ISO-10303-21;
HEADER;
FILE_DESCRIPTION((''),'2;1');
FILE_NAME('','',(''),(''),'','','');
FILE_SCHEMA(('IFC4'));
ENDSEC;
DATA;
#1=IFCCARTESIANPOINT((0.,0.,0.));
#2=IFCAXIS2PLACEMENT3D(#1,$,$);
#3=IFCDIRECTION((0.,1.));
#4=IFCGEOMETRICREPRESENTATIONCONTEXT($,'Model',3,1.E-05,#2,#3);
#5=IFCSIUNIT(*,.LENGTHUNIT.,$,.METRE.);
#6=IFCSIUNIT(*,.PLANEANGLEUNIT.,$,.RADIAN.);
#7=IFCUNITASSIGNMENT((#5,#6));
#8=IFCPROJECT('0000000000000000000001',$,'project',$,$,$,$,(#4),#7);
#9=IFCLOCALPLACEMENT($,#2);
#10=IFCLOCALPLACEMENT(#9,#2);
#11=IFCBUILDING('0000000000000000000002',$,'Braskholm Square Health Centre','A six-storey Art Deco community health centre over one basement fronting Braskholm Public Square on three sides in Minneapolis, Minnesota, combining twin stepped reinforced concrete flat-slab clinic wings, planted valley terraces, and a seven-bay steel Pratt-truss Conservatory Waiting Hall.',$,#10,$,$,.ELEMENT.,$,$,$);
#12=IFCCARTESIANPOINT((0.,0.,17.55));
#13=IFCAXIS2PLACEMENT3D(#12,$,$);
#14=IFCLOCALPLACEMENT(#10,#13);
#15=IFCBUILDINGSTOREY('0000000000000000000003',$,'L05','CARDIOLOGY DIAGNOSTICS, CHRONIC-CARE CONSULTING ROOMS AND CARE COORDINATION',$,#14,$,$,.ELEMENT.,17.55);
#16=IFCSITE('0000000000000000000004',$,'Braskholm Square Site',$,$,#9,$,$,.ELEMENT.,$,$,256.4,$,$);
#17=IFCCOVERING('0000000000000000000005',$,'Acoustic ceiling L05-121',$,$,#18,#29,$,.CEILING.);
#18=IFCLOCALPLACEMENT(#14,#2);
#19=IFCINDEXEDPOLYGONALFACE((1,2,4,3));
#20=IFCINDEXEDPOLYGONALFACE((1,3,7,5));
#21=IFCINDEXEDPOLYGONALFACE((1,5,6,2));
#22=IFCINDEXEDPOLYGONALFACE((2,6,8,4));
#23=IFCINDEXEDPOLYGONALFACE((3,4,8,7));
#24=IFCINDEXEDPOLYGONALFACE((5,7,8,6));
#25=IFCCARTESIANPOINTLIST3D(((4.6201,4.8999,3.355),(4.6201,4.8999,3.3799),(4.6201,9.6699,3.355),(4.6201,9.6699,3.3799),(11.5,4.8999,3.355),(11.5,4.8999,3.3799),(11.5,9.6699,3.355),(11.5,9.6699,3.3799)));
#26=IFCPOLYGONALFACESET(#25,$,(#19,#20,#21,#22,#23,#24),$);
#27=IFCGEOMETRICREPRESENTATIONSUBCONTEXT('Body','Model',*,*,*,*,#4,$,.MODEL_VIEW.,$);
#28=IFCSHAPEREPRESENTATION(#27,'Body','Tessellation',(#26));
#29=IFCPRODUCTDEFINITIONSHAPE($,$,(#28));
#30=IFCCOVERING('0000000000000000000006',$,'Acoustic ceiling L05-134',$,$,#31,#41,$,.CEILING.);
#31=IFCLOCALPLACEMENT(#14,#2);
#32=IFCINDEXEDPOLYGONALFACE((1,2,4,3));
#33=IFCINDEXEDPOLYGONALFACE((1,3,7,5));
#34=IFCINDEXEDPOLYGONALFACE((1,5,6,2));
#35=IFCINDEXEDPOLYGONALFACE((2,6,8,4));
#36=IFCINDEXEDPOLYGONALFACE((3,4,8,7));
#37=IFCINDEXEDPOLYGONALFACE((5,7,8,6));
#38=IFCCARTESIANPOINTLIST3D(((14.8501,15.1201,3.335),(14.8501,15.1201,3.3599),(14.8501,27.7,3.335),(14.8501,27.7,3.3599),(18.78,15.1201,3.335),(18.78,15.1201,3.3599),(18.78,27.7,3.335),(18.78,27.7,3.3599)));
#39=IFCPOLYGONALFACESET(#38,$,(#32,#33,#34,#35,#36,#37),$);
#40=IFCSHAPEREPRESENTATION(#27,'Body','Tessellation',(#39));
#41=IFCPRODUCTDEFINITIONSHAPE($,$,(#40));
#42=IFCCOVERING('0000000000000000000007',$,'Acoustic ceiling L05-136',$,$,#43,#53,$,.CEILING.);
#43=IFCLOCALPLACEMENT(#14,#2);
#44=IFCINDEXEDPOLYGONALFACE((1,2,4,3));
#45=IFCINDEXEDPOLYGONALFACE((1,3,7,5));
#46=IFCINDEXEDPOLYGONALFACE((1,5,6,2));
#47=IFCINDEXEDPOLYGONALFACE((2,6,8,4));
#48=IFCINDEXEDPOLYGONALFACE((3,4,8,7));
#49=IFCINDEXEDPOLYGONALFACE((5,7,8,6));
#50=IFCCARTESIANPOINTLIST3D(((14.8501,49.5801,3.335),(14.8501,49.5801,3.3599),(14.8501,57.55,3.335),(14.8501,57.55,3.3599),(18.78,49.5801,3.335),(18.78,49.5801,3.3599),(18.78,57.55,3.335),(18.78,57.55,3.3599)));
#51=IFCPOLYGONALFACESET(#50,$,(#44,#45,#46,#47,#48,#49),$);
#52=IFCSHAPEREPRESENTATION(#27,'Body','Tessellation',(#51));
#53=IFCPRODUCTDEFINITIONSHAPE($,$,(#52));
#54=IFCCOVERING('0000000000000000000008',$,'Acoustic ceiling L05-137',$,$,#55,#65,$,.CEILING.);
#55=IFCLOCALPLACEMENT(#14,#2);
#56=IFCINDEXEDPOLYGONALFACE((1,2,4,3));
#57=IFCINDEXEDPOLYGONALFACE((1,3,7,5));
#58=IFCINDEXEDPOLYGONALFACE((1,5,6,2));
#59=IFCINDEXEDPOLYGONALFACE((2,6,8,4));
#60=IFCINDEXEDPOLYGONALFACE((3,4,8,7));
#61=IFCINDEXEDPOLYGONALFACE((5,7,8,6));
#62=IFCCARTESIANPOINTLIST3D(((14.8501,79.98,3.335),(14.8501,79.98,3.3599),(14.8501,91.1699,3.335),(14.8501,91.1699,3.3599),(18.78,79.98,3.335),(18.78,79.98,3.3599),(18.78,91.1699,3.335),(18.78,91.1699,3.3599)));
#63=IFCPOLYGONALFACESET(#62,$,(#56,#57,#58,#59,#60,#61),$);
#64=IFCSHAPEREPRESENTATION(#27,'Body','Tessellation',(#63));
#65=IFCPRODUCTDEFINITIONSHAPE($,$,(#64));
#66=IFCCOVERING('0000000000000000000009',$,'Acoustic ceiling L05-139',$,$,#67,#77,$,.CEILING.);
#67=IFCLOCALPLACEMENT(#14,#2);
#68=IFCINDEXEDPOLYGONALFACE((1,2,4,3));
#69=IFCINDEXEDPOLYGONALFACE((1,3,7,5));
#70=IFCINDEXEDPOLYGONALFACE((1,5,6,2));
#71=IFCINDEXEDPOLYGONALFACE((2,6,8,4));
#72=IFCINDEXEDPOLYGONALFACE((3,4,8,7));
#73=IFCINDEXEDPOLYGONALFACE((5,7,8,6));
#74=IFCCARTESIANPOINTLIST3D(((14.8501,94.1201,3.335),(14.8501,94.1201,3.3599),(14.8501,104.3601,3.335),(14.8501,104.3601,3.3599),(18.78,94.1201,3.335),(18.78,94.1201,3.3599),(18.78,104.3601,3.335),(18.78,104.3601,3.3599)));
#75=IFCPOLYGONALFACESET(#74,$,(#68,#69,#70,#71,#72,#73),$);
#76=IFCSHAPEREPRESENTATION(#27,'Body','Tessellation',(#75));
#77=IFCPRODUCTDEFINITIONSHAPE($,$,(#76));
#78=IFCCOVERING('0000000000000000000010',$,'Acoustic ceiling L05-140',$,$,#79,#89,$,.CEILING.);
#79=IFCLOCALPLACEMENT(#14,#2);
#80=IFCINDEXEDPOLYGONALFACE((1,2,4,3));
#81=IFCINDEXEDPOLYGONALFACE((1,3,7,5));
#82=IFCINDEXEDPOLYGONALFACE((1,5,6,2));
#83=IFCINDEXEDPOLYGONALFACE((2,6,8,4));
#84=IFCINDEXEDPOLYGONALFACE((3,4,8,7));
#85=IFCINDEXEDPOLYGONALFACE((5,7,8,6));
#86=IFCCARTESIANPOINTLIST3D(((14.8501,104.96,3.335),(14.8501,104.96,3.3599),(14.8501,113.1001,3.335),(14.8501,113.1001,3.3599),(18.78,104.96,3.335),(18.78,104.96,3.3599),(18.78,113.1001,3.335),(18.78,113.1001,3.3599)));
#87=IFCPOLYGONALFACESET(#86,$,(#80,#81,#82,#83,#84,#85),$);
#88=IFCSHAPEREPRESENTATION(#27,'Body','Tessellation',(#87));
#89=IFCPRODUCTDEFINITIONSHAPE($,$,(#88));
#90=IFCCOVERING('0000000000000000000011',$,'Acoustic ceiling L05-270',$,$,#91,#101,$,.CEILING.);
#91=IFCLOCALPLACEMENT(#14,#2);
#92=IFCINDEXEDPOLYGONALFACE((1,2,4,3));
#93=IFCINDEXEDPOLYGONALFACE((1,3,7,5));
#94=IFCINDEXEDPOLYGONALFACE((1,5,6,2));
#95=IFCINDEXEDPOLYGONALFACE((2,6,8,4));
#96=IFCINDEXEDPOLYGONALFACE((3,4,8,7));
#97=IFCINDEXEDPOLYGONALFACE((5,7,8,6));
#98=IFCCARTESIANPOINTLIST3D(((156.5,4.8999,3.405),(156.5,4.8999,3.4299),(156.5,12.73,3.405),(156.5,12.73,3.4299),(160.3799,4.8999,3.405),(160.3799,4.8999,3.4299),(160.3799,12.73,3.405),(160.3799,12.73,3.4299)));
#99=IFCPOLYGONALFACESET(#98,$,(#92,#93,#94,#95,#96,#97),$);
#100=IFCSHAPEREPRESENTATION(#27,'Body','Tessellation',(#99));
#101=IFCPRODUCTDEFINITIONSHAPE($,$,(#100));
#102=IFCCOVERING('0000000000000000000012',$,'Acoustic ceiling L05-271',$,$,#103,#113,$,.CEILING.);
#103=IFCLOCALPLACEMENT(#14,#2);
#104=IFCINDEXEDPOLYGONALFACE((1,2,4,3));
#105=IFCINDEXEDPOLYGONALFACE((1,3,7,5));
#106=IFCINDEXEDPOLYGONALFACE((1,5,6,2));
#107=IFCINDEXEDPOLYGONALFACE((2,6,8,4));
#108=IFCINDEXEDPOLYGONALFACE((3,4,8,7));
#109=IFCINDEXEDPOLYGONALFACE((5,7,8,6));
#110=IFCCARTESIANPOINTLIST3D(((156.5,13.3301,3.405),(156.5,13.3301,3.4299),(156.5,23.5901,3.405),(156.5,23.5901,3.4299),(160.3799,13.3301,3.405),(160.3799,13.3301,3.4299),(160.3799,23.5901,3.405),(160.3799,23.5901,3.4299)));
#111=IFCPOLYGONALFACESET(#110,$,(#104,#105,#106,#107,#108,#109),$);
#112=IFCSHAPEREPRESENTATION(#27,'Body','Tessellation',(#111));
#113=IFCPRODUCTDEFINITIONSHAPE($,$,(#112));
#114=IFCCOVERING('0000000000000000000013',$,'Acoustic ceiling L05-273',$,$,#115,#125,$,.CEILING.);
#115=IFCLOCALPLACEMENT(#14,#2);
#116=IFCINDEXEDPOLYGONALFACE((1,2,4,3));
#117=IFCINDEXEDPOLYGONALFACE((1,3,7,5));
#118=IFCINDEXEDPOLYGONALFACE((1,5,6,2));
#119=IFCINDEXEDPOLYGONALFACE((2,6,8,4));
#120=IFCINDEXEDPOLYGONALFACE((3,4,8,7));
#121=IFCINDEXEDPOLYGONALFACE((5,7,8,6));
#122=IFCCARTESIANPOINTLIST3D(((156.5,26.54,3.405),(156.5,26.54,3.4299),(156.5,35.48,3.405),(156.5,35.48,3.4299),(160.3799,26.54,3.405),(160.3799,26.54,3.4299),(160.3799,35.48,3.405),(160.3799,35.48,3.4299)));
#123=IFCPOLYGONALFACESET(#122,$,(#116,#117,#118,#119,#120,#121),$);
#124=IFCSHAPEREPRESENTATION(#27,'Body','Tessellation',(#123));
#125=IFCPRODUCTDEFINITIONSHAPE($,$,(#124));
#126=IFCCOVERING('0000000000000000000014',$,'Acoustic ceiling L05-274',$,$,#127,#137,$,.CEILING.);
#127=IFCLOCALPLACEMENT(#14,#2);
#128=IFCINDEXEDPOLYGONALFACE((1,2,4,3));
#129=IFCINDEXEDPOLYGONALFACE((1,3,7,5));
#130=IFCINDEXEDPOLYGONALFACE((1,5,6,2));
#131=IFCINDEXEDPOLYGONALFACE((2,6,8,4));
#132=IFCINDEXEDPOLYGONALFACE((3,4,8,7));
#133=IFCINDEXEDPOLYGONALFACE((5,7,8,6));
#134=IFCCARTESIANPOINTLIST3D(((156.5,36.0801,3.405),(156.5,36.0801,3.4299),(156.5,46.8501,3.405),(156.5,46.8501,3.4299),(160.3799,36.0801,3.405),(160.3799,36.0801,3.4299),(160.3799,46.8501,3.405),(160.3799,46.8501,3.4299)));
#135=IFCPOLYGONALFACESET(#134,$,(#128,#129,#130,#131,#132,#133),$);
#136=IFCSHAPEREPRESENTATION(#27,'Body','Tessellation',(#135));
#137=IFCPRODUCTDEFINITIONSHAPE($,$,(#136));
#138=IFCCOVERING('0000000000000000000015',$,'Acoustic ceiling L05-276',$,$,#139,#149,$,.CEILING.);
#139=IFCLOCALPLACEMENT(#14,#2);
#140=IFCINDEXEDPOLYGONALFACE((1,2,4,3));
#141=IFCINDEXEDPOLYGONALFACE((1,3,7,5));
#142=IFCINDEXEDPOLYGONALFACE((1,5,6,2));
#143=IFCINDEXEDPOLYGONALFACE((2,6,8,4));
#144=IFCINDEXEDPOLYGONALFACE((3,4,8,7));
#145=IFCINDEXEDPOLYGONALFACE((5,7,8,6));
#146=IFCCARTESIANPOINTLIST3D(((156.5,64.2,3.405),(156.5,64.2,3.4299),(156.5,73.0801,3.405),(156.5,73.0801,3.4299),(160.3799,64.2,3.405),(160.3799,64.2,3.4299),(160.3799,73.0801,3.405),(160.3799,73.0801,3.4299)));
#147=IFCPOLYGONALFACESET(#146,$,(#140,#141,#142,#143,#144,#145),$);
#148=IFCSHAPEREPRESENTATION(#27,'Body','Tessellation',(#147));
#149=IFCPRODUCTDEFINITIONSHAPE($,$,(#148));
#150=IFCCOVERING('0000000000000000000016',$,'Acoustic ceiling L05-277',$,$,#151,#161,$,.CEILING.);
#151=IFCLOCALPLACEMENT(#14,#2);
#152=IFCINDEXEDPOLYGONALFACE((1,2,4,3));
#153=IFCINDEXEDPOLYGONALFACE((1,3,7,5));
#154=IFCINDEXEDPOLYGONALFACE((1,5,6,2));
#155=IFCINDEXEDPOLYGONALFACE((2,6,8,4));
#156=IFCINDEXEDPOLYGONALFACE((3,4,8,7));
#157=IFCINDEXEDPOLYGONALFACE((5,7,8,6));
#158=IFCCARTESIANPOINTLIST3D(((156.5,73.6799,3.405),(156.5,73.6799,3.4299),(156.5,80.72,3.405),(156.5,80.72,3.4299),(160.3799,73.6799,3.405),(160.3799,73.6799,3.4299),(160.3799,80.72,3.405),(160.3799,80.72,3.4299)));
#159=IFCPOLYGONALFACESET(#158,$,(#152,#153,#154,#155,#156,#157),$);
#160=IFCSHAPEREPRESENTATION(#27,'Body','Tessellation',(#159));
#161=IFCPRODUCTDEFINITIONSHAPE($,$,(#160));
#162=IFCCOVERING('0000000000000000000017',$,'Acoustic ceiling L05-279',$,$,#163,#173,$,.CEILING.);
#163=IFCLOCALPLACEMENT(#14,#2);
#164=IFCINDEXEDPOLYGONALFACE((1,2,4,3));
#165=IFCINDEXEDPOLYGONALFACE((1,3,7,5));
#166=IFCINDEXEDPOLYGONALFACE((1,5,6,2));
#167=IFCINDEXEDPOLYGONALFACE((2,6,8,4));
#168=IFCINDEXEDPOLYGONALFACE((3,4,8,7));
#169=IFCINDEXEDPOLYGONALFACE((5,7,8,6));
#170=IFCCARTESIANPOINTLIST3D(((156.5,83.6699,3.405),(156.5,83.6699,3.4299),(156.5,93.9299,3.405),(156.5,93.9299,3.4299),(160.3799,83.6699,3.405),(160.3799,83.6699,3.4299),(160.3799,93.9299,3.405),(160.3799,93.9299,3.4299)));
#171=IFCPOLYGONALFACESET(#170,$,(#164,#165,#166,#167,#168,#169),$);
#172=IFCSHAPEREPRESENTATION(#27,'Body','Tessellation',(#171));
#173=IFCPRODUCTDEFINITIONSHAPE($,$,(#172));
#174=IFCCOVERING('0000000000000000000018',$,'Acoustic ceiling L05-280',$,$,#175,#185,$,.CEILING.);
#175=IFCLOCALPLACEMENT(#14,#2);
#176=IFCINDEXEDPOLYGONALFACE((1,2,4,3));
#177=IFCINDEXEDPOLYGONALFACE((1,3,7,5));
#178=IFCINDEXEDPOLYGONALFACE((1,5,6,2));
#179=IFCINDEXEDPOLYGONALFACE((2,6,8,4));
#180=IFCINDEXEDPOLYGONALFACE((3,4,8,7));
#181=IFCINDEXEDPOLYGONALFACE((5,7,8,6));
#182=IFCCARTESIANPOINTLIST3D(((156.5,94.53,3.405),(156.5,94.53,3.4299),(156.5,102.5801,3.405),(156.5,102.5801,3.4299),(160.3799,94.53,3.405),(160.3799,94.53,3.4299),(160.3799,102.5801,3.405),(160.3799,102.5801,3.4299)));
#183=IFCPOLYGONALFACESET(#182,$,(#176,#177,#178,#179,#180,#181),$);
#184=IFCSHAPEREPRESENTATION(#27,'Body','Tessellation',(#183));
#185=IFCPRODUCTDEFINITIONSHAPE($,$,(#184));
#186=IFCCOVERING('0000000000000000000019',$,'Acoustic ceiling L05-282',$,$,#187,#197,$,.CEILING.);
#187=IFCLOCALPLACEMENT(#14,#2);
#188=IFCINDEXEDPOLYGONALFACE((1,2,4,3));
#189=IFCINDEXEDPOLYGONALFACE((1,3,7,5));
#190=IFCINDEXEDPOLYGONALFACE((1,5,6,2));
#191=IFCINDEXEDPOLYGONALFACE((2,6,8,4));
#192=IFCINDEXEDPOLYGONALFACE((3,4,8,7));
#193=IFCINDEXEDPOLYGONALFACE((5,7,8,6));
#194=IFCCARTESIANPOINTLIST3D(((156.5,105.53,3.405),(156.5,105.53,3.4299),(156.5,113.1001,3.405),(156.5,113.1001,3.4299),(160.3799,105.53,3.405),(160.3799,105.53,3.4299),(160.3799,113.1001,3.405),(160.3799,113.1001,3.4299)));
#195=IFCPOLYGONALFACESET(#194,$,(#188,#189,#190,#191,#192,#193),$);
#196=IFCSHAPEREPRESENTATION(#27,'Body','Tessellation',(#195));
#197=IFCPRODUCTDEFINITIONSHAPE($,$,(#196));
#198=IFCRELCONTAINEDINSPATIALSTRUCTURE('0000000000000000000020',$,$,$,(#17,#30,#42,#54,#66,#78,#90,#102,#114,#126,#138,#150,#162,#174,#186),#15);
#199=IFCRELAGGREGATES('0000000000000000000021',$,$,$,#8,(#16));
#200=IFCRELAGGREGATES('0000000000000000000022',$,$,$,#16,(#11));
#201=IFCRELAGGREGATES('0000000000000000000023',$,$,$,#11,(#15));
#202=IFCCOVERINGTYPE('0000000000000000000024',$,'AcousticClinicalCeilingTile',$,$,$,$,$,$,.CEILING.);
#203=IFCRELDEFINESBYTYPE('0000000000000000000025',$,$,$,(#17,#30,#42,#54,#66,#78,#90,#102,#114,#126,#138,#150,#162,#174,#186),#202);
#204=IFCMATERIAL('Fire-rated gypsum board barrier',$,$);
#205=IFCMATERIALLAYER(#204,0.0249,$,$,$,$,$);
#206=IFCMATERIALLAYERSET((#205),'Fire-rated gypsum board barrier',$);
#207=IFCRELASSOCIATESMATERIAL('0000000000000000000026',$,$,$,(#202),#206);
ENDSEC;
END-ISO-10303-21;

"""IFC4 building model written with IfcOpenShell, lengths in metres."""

from ifc_helpers import new_model, si_unit, direction, frame, origin, place, context, subcontext, project, spatial, polyline, outline, extrude, material, layer, layer_set, type_object, element, save


model = new_model("IFC4")

# Units and contexts
model_context = context("Model", 3, precision=1e-05, world=origin(), true_north=direction((0.0, 1.0)))
body_context = subcontext(model_context, "Body", "Model", "MODEL_VIEW")
ifc_project = project(units=[si_unit("LENGTHUNIT", "METRE"), si_unit("PLANEANGLEUNIT", "RADIAN")], contexts=[model_context])

# Site, building, storey
site_placement = place(None, origin())
site = spatial("IfcSite", under=ifc_project, at=site_placement, Name="Braskholm Square Site", CompositionType="ELEMENT", RefElevation=256.4)
building_placement = place(site_placement, origin())
building = spatial("IfcBuilding", under=site, at=building_placement, Name="Braskholm Square Health Centre", Description="A six-storey Art Deco community health centre over one basement fronting Braskholm Public Square on three sides in Minneapolis, Minnesota, combining twin stepped reinforced concrete flat-slab clinic wings, planted valley terraces, and a seven-bay steel Pratt-truss Conservatory Waiting Hall.", CompositionType="ELEMENT")
storey_placement = place(building_placement, frame((0.0, 0.0, 17.55)))
storey = spatial("IfcBuildingStorey", under=building, at=storey_placement, Name="L05", Description="CARDIOLOGY DIAGNOSTICS, CHRONIC-CARE CONSULTING ROOMS AND CARE COORDINATION", CompositionType="ELEMENT", Elevation=17.55)

# Coverings
ifc_material = material(Name="Fire-rated gypsum board barrier")
ifc_layer = layer(ifc_material, 0.0249)
ifc_layer_set = layer_set([ifc_layer], Name="Fire-rated gypsum board barrier")
covering_type = type_object("IfcCoveringType", Name="AcousticClinicalCeilingTile", PredefinedType="CEILING", material=ifc_layer_set)
covering_1_placement = place(storey_placement, frame((0.0, 0.0, 3.355)))
element("IfcCovering", 1, at=covering_1_placement, inside=storey, type_object=covering_type, Name="Acoustic ceiling L05-121", PredefinedType="CEILING", context=body_context, shape_type="SweptSolid", body=[
    extrude(outline(polyline([(4.6201, 4.8999), (11.5, 4.8999), (11.5, 9.6699), (4.6201, 9.6699), (4.6201, 4.8999)])), origin(), (0.0, 0.0, 1.0), 0.0249),
])
covering_2_placement = place(storey_placement, frame((0.0, 0.0, 3.335)))
element("IfcCovering", 2, at=covering_2_placement, inside=storey, type_object=covering_type, Name="Acoustic ceiling L05-134", PredefinedType="CEILING", context=body_context, shape_type="SweptSolid", body=[
    extrude(outline(polyline([(14.8501, 15.1201), (18.78, 15.1201), (18.78, 27.7), (14.8501, 27.7), (14.8501, 15.1201)])), origin(), (0.0, 0.0, 1.0), 0.0249),
])
covering_3_placement = place(storey_placement, frame((0.0, 0.0, 3.335)))
element("IfcCovering", 3, at=covering_3_placement, inside=storey, type_object=covering_type, Name="Acoustic ceiling L05-136", PredefinedType="CEILING", context=body_context, shape_type="SweptSolid", body=[
    extrude(outline(polyline([(14.8501, 49.5801), (18.78, 49.5801), (18.78, 57.55), (14.8501, 57.55), (14.8501, 49.5801)])), origin(), (0.0, 0.0, 1.0), 0.0249),
])
covering_4_placement = place(storey_placement, frame((0.0, 0.0, 3.335)))
element("IfcCovering", 4, at=covering_4_placement, inside=storey, type_object=covering_type, Name="Acoustic ceiling L05-137", PredefinedType="CEILING", context=body_context, shape_type="SweptSolid", body=[
    extrude(outline(polyline([(14.8501, 79.98), (18.78, 79.98), (18.78, 91.1699), (14.8501, 91.1699), (14.8501, 79.98)])), origin(), (0.0, 0.0, 1.0), 0.0249),
])
covering_5_placement = place(storey_placement, frame((0.0, 0.0, 3.335)))
element("IfcCovering", 5, at=covering_5_placement, inside=storey, type_object=covering_type, Name="Acoustic ceiling L05-139", PredefinedType="CEILING", context=body_context, shape_type="SweptSolid", body=[
    extrude(outline(polyline([(14.8501, 94.1201), (18.78, 94.1201), (18.78, 104.3601), (14.8501, 104.3601), (14.8501, 94.1201)])), origin(), (0.0, 0.0, 1.0), 0.0249),
])
covering_6_placement = place(storey_placement, frame((0.0, 0.0, 3.335)))
element("IfcCovering", 6, at=covering_6_placement, inside=storey, type_object=covering_type, Name="Acoustic ceiling L05-140", PredefinedType="CEILING", context=body_context, shape_type="SweptSolid", body=[
    extrude(outline(polyline([(14.8501, 104.96), (18.78, 104.96), (18.78, 113.1001), (14.8501, 113.1001), (14.8501, 104.96)])), origin(), (0.0, 0.0, 1.0), 0.0249),
])
covering_7_placement = place(storey_placement, frame((0.0, 0.0, 3.405)))
element("IfcCovering", 7, at=covering_7_placement, inside=storey, type_object=covering_type, Name="Acoustic ceiling L05-270", PredefinedType="CEILING", context=body_context, shape_type="SweptSolid", body=[
    extrude(outline(polyline([(156.5, 4.8999), (160.3799, 4.8999), (160.3799, 12.73), (156.5, 12.73), (156.5, 4.8999)])), origin(), (0.0, 0.0, 1.0), 0.0249),
])
covering_8_placement = place(storey_placement, frame((0.0, 0.0, 3.405)))
element("IfcCovering", 8, at=covering_8_placement, inside=storey, type_object=covering_type, Name="Acoustic ceiling L05-271", PredefinedType="CEILING", context=body_context, shape_type="SweptSolid", body=[
    extrude(outline(polyline([(156.5, 13.3301), (160.3799, 13.3301), (160.3799, 23.5901), (156.5, 23.5901), (156.5, 13.3301)])), origin(), (0.0, 0.0, 1.0), 0.0249),
])
covering_9_placement = place(storey_placement, frame((0.0, 0.0, 3.405)))
element("IfcCovering", 9, at=covering_9_placement, inside=storey, type_object=covering_type, Name="Acoustic ceiling L05-273", PredefinedType="CEILING", context=body_context, shape_type="SweptSolid", body=[
    extrude(outline(polyline([(156.5, 26.54), (160.3799, 26.54), (160.3799, 35.48), (156.5, 35.48), (156.5, 26.54)])), origin(), (0.0, 0.0, 1.0), 0.0249),
])
covering_10_placement = place(storey_placement, frame((0.0, 0.0, 3.405)))
element("IfcCovering", 10, at=covering_10_placement, inside=storey, type_object=covering_type, Name="Acoustic ceiling L05-274", PredefinedType="CEILING", context=body_context, shape_type="SweptSolid", body=[
    extrude(outline(polyline([(156.5, 36.0801), (160.3799, 36.0801), (160.3799, 46.8501), (156.5, 46.8501), (156.5, 36.0801)])), origin(), (0.0, 0.0, 1.0), 0.0249),
])
covering_11_placement = place(storey_placement, frame((0.0, 0.0, 3.405)))
element("IfcCovering", 11, at=covering_11_placement, inside=storey, type_object=covering_type, Name="Acoustic ceiling L05-276", PredefinedType="CEILING", context=body_context, shape_type="SweptSolid", body=[
    extrude(outline(polyline([(156.5, 64.2), (160.3799, 64.2), (160.3799, 73.0801), (156.5, 73.0801), (156.5, 64.2)])), origin(), (0.0, 0.0, 1.0), 0.0249),
])
covering_12_placement = place(storey_placement, frame((0.0, 0.0, 3.405)))
element("IfcCovering", 12, at=covering_12_placement, inside=storey, type_object=covering_type, Name="Acoustic ceiling L05-277", PredefinedType="CEILING", context=body_context, shape_type="SweptSolid", body=[
    extrude(outline(polyline([(156.5, 73.6799), (160.3799, 73.6799), (160.3799, 80.72), (156.5, 80.72), (156.5, 73.6799)])), origin(), (0.0, 0.0, 1.0), 0.0249),
])
covering_13_placement = place(storey_placement, frame((0.0, 0.0, 3.405)))
element("IfcCovering", 13, at=covering_13_placement, inside=storey, type_object=covering_type, Name="Acoustic ceiling L05-279", PredefinedType="CEILING", context=body_context, shape_type="SweptSolid", body=[
    extrude(outline(polyline([(156.5, 83.6699), (160.3799, 83.6699), (160.3799, 93.9299), (156.5, 93.9299), (156.5, 83.6699)])), origin(), (0.0, 0.0, 1.0), 0.0249),
])
covering_14_placement = place(storey_placement, frame((0.0, 0.0, 3.405)))
element("IfcCovering", 14, at=covering_14_placement, inside=storey, type_object=covering_type, Name="Acoustic ceiling L05-280", PredefinedType="CEILING", context=body_context, shape_type="SweptSolid", body=[
    extrude(outline(polyline([(156.5, 94.53), (160.3799, 94.53), (160.3799, 102.5801), (156.5, 102.5801), (156.5, 94.53)])), origin(), (0.0, 0.0, 1.0), 0.0249),
])
covering_15_placement = place(storey_placement, frame((0.0, 0.0, 3.405)))
element("IfcCovering", 15, at=covering_15_placement, inside=storey, type_object=covering_type, Name="Acoustic ceiling L05-282", PredefinedType="CEILING", context=body_context, shape_type="SweptSolid", body=[
    extrude(outline(polyline([(156.5, 105.53), (160.3799, 105.53), (160.3799, 113.1001), (156.5, 113.1001), (156.5, 105.53)])), origin(), (0.0, 0.0, 1.0), 0.0249),
])

save(model, "model.ifc")
